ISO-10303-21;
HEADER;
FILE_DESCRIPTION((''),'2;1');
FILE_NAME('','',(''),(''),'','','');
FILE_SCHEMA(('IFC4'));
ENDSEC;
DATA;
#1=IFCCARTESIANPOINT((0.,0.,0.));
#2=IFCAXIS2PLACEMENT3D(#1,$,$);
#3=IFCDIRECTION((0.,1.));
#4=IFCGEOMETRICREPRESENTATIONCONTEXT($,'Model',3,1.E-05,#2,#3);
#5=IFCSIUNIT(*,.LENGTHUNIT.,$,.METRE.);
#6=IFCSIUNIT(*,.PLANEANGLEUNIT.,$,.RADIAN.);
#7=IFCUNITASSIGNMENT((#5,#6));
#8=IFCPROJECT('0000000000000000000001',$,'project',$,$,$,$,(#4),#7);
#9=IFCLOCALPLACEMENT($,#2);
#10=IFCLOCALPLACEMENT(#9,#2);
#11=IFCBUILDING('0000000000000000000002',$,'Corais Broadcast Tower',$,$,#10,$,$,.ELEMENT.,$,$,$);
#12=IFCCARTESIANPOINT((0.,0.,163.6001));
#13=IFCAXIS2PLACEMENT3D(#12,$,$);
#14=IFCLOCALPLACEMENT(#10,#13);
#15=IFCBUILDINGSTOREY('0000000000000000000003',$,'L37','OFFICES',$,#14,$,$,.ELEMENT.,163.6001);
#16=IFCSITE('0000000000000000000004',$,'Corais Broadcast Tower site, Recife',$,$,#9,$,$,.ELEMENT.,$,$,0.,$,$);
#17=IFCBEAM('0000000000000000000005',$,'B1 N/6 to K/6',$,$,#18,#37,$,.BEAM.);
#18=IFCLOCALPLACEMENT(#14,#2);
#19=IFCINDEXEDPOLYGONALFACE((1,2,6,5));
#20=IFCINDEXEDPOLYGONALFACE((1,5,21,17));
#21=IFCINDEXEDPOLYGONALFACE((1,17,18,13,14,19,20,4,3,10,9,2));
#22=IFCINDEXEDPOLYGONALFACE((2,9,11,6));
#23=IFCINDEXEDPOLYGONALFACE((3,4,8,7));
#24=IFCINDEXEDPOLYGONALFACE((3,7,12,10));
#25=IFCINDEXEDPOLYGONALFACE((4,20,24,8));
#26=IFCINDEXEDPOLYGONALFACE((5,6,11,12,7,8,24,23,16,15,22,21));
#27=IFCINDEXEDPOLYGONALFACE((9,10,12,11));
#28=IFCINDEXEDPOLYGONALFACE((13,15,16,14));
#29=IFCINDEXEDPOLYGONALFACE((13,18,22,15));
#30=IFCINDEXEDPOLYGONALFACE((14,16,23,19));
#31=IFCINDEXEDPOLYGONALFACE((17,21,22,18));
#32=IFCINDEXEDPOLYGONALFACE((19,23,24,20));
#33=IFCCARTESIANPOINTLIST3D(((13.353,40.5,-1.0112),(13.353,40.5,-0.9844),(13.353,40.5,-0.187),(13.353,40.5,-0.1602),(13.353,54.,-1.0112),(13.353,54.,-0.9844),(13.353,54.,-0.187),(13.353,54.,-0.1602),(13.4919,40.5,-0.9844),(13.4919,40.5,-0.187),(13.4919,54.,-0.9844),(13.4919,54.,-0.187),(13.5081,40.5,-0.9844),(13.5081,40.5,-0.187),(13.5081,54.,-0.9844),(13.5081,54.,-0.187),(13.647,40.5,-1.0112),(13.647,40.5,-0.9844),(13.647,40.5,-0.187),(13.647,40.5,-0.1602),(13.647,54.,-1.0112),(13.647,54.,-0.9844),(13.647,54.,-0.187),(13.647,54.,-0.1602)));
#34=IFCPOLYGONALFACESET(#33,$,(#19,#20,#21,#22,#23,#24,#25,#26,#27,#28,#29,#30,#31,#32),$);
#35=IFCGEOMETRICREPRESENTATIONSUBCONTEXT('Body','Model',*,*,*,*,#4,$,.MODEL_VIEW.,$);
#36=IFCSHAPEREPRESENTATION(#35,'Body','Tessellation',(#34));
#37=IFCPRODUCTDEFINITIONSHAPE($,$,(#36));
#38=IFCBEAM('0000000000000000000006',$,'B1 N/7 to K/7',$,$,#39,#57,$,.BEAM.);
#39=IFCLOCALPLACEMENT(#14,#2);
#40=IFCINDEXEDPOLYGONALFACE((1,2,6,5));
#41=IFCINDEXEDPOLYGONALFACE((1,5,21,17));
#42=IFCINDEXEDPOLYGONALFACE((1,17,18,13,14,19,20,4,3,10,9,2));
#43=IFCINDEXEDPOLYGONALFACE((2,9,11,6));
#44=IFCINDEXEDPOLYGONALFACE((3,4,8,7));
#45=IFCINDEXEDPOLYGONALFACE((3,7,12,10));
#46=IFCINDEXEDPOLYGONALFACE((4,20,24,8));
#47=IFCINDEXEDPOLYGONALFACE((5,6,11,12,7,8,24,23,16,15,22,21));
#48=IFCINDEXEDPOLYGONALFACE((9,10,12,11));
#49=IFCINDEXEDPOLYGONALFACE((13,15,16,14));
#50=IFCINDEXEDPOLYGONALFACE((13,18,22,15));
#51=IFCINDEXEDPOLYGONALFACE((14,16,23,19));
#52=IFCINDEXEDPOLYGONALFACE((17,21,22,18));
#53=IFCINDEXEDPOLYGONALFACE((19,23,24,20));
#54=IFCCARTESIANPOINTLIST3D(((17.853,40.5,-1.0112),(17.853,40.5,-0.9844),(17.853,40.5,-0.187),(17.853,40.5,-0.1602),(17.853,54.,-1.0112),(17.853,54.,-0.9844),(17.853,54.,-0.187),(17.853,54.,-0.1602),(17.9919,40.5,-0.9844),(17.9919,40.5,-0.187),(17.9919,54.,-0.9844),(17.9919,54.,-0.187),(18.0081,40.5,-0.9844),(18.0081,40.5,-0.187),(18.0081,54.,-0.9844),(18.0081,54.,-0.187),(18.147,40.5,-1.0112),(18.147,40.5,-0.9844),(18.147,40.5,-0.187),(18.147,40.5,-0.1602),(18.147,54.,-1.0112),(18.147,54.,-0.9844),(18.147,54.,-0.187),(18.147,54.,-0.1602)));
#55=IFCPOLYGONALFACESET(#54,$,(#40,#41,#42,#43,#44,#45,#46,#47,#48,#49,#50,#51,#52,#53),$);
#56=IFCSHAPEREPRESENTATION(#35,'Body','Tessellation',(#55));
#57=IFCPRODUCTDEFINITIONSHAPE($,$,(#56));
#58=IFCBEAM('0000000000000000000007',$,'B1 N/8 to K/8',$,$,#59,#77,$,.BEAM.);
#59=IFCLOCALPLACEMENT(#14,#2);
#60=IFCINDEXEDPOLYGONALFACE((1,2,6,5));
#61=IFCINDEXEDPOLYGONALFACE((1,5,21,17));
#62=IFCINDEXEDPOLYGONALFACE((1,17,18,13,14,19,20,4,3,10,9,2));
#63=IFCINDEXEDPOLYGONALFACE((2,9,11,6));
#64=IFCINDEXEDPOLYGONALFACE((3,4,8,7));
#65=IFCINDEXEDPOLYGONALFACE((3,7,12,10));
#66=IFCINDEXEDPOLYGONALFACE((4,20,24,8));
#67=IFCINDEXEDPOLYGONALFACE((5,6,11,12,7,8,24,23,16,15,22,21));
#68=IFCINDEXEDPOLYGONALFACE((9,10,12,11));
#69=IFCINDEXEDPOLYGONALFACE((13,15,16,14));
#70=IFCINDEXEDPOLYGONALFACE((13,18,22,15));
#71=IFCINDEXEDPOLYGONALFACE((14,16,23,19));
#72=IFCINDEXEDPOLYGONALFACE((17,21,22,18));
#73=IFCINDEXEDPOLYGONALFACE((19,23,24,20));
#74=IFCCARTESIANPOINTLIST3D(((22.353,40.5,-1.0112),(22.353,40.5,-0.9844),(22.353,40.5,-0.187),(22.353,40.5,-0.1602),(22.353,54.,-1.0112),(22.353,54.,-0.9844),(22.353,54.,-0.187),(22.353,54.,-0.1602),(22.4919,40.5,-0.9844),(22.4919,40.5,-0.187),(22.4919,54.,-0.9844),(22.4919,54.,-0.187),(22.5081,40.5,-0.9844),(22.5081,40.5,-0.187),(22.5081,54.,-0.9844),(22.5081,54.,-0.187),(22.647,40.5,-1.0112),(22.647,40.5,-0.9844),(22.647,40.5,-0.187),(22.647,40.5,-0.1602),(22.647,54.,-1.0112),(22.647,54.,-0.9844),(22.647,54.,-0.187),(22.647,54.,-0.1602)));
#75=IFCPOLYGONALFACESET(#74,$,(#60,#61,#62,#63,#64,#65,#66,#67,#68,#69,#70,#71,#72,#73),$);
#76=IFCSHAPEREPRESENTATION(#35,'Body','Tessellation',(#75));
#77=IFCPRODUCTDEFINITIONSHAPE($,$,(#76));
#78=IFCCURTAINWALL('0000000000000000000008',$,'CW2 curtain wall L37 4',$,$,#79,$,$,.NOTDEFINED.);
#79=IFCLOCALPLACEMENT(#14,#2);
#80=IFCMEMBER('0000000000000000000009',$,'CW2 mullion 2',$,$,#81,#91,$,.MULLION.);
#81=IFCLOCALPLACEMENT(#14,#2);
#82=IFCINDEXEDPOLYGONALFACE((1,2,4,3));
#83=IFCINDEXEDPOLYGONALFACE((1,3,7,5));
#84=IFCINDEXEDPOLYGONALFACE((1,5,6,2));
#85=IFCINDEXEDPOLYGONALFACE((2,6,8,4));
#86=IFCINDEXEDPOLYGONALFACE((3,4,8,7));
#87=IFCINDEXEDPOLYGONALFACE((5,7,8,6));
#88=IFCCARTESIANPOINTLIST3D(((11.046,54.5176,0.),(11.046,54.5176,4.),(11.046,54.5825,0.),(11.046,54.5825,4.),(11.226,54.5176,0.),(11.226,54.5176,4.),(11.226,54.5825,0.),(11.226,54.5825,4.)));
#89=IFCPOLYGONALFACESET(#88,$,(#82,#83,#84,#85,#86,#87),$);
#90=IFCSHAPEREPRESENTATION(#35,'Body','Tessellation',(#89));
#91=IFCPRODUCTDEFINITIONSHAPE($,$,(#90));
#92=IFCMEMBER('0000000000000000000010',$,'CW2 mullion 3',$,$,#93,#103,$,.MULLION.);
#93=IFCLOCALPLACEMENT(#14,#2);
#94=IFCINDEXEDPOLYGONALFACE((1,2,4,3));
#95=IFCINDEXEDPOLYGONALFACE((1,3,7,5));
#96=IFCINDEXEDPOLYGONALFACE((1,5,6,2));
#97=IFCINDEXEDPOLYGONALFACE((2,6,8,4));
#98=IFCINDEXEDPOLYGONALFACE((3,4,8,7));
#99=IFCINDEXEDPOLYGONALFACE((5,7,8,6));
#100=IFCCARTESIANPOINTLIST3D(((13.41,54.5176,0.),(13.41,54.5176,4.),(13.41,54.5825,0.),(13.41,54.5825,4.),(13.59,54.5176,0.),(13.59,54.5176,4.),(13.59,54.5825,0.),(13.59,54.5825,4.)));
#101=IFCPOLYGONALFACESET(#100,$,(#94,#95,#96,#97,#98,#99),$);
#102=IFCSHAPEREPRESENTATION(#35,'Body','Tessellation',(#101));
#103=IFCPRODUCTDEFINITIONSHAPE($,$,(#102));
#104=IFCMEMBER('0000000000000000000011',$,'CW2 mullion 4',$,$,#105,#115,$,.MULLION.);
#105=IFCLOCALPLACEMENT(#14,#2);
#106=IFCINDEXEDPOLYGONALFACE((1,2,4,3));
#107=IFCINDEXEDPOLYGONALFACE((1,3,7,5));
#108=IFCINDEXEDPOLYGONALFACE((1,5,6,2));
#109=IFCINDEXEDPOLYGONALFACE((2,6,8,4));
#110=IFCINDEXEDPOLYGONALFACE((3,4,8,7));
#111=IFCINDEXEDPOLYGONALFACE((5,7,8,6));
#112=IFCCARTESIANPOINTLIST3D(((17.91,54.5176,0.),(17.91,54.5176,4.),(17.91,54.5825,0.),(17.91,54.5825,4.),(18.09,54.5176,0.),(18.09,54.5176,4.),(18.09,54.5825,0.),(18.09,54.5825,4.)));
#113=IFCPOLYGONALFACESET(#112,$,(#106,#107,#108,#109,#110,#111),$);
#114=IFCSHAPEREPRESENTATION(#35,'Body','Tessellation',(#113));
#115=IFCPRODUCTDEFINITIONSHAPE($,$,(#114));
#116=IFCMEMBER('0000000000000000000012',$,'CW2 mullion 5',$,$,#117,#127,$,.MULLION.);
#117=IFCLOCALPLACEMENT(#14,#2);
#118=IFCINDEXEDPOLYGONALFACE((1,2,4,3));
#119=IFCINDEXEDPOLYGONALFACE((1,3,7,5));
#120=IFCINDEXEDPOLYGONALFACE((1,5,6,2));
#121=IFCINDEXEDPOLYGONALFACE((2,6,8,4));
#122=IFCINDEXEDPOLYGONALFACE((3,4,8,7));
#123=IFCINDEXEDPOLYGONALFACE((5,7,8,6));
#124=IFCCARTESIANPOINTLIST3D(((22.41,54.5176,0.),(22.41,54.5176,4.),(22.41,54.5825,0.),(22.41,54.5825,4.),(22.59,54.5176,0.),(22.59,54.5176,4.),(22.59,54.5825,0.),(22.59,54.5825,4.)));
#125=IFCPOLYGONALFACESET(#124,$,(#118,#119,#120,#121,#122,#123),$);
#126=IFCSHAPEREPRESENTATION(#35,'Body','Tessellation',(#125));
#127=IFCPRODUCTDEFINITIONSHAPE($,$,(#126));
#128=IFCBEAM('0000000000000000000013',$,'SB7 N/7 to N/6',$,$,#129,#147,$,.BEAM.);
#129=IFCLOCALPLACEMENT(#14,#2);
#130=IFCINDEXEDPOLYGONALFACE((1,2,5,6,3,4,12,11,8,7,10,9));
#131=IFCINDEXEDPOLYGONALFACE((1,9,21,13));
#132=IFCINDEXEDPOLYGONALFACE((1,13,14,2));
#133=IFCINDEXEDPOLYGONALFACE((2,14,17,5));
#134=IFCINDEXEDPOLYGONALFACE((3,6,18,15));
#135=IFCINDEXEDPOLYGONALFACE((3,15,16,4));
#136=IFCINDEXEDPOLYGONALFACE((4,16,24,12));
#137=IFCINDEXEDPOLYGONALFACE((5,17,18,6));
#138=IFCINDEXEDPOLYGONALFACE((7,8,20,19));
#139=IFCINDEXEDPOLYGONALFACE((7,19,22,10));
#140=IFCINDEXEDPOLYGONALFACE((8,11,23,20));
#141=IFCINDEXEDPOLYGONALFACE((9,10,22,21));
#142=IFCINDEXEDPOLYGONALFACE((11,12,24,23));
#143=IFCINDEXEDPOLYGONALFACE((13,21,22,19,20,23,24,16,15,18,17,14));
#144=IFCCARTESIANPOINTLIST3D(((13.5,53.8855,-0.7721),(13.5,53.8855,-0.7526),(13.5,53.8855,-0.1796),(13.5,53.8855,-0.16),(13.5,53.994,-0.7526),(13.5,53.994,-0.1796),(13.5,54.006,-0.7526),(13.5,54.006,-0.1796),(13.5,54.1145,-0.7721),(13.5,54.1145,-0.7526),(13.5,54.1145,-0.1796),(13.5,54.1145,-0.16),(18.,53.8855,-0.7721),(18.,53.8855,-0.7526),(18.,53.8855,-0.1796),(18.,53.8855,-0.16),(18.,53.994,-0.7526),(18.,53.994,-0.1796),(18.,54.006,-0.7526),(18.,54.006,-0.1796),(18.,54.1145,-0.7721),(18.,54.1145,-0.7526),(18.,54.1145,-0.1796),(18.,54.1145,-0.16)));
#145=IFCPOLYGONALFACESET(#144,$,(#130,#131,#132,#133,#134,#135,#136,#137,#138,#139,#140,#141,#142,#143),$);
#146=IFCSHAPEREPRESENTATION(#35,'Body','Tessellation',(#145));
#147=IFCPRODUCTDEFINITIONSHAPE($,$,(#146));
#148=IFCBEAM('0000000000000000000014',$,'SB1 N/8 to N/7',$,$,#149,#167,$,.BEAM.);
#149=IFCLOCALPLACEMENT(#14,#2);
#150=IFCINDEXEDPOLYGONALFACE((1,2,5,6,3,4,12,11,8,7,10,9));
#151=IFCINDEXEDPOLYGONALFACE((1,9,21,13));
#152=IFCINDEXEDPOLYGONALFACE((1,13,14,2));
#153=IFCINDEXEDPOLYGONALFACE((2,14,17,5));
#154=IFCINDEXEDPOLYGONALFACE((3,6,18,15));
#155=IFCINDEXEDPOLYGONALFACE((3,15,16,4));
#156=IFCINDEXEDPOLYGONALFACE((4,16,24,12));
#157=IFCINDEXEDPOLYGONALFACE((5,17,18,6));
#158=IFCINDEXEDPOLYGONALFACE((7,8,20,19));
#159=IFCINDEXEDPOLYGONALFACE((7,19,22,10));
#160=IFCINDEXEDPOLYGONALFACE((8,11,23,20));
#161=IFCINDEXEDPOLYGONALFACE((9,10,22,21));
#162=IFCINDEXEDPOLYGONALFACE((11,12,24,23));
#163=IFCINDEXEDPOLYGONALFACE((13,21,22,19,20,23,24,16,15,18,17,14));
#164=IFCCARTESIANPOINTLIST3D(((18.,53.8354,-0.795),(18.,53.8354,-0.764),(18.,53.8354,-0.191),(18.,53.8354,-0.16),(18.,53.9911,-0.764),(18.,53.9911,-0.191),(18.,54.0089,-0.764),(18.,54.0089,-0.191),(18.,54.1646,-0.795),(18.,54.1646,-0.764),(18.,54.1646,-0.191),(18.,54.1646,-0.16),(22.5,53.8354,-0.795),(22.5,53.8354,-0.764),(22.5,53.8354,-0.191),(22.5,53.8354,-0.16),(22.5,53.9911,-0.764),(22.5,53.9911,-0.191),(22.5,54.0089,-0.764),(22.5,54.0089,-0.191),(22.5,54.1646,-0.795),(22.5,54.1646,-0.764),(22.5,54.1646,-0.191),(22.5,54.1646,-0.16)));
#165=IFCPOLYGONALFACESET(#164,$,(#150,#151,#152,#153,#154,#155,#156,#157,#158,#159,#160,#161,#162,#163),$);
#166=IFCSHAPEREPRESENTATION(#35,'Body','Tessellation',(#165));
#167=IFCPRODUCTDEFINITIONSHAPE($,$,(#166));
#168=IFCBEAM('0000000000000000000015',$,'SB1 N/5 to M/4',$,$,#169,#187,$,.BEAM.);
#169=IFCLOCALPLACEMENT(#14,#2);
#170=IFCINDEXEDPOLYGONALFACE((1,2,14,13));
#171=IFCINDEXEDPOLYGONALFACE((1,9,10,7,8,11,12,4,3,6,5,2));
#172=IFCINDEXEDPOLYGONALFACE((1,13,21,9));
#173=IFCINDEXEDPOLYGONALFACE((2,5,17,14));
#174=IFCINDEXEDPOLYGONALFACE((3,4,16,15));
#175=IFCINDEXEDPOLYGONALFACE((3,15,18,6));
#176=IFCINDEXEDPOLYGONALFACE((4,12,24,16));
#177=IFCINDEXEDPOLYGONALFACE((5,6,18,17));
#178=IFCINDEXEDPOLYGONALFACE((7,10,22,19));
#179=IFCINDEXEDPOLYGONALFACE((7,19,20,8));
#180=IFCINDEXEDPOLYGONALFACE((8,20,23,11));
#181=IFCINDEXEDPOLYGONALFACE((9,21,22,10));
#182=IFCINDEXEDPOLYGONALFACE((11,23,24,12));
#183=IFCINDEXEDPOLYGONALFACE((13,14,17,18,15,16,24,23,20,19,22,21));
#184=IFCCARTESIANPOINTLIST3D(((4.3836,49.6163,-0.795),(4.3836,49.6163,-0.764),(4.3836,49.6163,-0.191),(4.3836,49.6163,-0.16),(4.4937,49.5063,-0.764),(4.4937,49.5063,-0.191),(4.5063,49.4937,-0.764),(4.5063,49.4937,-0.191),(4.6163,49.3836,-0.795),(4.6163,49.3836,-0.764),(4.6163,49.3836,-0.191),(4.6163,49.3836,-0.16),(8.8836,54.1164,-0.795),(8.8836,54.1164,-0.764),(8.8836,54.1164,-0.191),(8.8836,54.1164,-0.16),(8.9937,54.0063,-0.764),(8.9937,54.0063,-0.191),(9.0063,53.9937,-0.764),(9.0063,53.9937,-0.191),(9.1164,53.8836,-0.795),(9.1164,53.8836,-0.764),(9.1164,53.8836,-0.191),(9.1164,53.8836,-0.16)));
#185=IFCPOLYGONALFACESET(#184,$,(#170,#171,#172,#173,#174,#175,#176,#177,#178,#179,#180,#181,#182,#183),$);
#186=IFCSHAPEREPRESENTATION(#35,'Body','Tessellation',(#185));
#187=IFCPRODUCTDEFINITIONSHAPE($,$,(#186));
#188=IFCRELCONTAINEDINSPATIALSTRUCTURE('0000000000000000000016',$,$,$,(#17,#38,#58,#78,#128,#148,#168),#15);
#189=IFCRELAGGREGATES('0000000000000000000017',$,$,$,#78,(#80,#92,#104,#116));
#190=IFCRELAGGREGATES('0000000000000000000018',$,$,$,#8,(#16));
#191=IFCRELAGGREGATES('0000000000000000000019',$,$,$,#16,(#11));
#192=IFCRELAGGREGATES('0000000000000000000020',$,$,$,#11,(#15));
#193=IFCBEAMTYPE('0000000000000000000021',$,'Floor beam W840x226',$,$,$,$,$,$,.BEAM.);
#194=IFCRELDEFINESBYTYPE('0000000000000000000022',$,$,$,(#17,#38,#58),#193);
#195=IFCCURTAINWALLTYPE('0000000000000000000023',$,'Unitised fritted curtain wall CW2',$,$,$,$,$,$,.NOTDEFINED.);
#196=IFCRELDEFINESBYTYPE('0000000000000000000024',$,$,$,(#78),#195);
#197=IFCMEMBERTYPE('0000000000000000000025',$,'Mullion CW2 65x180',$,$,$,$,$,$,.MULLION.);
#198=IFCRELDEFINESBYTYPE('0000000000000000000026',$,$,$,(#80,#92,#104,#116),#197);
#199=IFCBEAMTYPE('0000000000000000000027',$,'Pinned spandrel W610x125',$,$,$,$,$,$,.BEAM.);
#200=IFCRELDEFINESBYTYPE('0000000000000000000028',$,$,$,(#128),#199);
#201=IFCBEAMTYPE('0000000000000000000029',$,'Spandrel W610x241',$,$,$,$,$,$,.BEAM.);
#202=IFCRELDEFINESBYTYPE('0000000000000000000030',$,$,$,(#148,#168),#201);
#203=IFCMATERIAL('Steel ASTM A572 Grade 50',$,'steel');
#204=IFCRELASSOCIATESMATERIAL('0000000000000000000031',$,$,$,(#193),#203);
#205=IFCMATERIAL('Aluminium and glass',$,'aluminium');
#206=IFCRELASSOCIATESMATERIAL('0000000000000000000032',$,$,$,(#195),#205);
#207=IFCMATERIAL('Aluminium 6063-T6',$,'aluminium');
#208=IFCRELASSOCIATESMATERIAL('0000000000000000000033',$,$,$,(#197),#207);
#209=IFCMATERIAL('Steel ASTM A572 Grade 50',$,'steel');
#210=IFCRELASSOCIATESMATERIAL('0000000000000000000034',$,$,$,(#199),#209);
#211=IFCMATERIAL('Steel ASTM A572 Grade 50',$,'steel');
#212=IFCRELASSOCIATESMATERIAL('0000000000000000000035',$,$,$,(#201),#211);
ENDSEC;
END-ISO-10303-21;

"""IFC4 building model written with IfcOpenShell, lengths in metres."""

from ifc_helpers import new_model, si_unit, direction, frame, origin, origin_2d, place, context, subcontext, project, spatial, rectangle, i_section, extrude, material, material_profile, profile_set, type_object, element, aggregate, save


model = new_model("IFC4")

# Units and contexts
model_context = context("Model", 3, precision=1e-05, world=origin(), true_north=direction((0.0, 1.0)))
body_context = subcontext(model_context, "Body", "Model", "MODEL_VIEW")
ifc_project = project(units=[si_unit("LENGTHUNIT", "METRE"), si_unit("PLANEANGLEUNIT", "RADIAN")], contexts=[model_context])

# Site, building, storey
site_placement = place(None, origin())
site = spatial("IfcSite", under=ifc_project, at=site_placement, Name="Corais Broadcast Tower site, Recife", CompositionType="ELEMENT", RefElevation=0.0)
building_placement = place(site_placement, origin())
building = spatial("IfcBuilding", under=site, at=building_placement, Name="Corais Broadcast Tower", CompositionType="ELEMENT")
storey_placement = place(building_placement, frame((0.0, 0.0, 163.6001)))
storey = spatial("IfcBuildingStorey", under=building, at=storey_placement, Name="L37", Description="OFFICES", CompositionType="ELEMENT", Elevation=163.6001)

# Beams
ifc_material_1 = material(Name="Steel ASTM A572 Grade 50", Category="steel")
ifc_material_profile_1 = material_profile(ifc_material_1, i_section(OverallWidth=0.2939, OverallDepth=0.8511, WebThickness=0.0161, FlangeThickness=0.0269, at=origin_2d()), Name="W840x226")
ifc_profile_set_1 = profile_set([ifc_material_profile_1], Name="Steel ASTM A572 Grade 50")
beam_type_1 = type_object("IfcBeamType", Name="Floor beam W840x226", PredefinedType="BEAM", material=ifc_profile_set_1)
for number, where, z_axis, x_axis, name in (
    (1, (13.5, 54.0, -0.5857), (0.0, -1.0, 0.0), (1.0, 0.0, 0.0), "B1 N/6 to K/6"),
    (2, (18.0, 54.0, -0.5857), (0.0, -1.0, 0.0), (1.0, 0.0, 0.0), "B1 N/7 to K/7"),
    (3, (22.5, 54.0, -0.5857), (0.0, -1.0, 0.0), (1.0, 0.0, 0.0), "B1 N/8 to K/8"),
):
    element("IfcBeam", number, at=place(storey_placement, frame(where, z_axis=z_axis, x_axis=x_axis)), inside=storey, type_object=beam_type_1, Name=name, PredefinedType="BEAM", context=body_context, shape_type="SweptSolid", body=[
        extrude(i_section(OverallWidth=0.2939, OverallDepth=0.8511, WebThickness=0.0161, FlangeThickness=0.0269, at=origin_2d()), origin(), (0.0, 0.0, 1.0), 13.5),
    ])

# Curtain wall, members
ifc_material_2 = material(Name="Aluminium and glass", Category="aluminium")
curtain_wall_type = type_object("IfcCurtainWallType", Name="Unitised fritted curtain wall CW2", PredefinedType="NOTDEFINED", material=ifc_material_2)
curtain_wall_placement = place(storey_placement, origin())
curtain_wall = element("IfcCurtainWall", 4, at=curtain_wall_placement, inside=storey, type_object=curtain_wall_type, Name="CW2 curtain wall L37 4", PredefinedType="NOTDEFINED")
ifc_material_3 = material(Name="Aluminium 6063-T6", Category="aluminium")
ifc_material_profile_2 = material_profile(ifc_material_3, rectangle(XDim=0.0649, YDim=0.1799, at=origin_2d()), Name="Mullion CW2 65x180")
ifc_profile_set_2 = profile_set([ifc_material_profile_2], Name="Aluminium 6063-T6")
member_type_1 = type_object("IfcMemberType", Name="Mullion CW2 65x180", PredefinedType="MULLION", material=ifc_profile_set_2)
member_1_placement = place(storey_placement, frame((11.136, 54.55, 0.0), z_axis=(0.0, 0.0, 1.0), x_axis=(0.0, 1.0, 0.0)))
member_1 = element("IfcMember", 5, at=member_1_placement, type_object=member_type_1, Name="CW2 mullion 2", PredefinedType="MULLION", context=body_context, shape_type="SweptSolid", body=[
    extrude(rectangle(XDim=0.0649, YDim=0.1799, at=origin_2d()), origin(), (0.0, 0.0, 1.0), 4.0),
])
member_2_placement = place(storey_placement, frame((13.5, 54.55, 0.0), z_axis=(0.0, 0.0, 1.0), x_axis=(0.0, 1.0, 0.0)))
member_2 = element("IfcMember", 6, at=member_2_placement, type_object=member_type_1, Name="CW2 mullion 3", PredefinedType="MULLION", context=body_context, shape_type="SweptSolid", body=[
    extrude(rectangle(XDim=0.0649, YDim=0.1799, at=origin_2d()), origin(), (0.0, 0.0, 1.0), 4.0),
])
member_3_placement = place(storey_placement, frame((18.0, 54.55, 0.0), z_axis=(0.0, 0.0, 1.0), x_axis=(0.0, 1.0, 0.0)))
member_3 = element("IfcMember", 7, at=member_3_placement, type_object=member_type_1, Name="CW2 mullion 4", PredefinedType="MULLION", context=body_context, shape_type="SweptSolid", body=[
    extrude(rectangle(XDim=0.0649, YDim=0.1799, at=origin_2d()), origin(), (0.0, 0.0, 1.0), 4.0),
])
member_4_placement = place(storey_placement, frame((22.5, 54.55, 0.0), z_axis=(0.0, 0.0, 1.0), x_axis=(0.0, 1.0, 0.0)))
member_4 = element("IfcMember", 8, at=member_4_placement, type_object=member_type_1, Name="CW2 mullion 5", PredefinedType="MULLION", context=body_context, shape_type="SweptSolid", body=[
    extrude(rectangle(XDim=0.0649, YDim=0.1799, at=origin_2d()), origin(), (0.0, 0.0, 1.0), 4.0),
])

# Beams
ifc_material_4 = material(Name="Steel ASTM A572 Grade 50", Category="steel")
ifc_material_profile_3 = material_profile(ifc_material_4, i_section(OverallWidth=0.229, OverallDepth=0.6121, WebThickness=0.012, FlangeThickness=0.0195, at=origin_2d()), Name="W610x125")
ifc_profile_set_3 = profile_set([ifc_material_profile_3], Name="Steel ASTM A572 Grade 50")
beam_type_2 = type_object("IfcBeamType", Name="Pinned spandrel W610x125", PredefinedType="BEAM", material=ifc_profile_set_3)
beam_1_placement = place(storey_placement, frame((18.0, 54.0, -0.4661), z_axis=(-1.0, 0.0, 0.0), x_axis=(0.0, -1.0, 0.0)))
element("IfcBeam", 9, at=beam_1_placement, inside=storey, type_object=beam_type_2, Name="SB7 N/7 to N/6", PredefinedType="BEAM", context=body_context, shape_type="SweptSolid", body=[
    extrude(i_section(OverallWidth=0.229, OverallDepth=0.6121, WebThickness=0.012, FlangeThickness=0.0195, at=origin_2d()), origin(), (0.0, 0.0, 1.0), 4.5),
])
ifc_material_5 = material(Name="Steel ASTM A572 Grade 50", Category="steel")
ifc_material_profile_4 = material_profile(ifc_material_5, i_section(OverallWidth=0.3291, OverallDepth=0.635, WebThickness=0.0178, FlangeThickness=0.031, at=origin_2d()), Name="W610x241")
ifc_profile_set_4 = profile_set([ifc_material_profile_4], Name="Steel ASTM A572 Grade 50")
beam_type_3 = type_object("IfcBeamType", Name="Spandrel W610x241", PredefinedType="BEAM", material=ifc_profile_set_4)
beam_2_placement = place(storey_placement, frame((22.5, 54.0, -0.4775), z_axis=(-1.0, 0.0, 0.0), x_axis=(0.0, -1.0, 0.0)))
element("IfcBeam", 10, at=beam_2_placement, inside=storey, type_object=beam_type_3, Name="SB1 N/8 to N/7", PredefinedType="BEAM", context=body_context, shape_type="SweptSolid", body=[
    extrude(i_section(OverallWidth=0.3291, OverallDepth=0.635, WebThickness=0.0178, FlangeThickness=0.031, at=origin_2d()), origin(), (0.0, 0.0, 1.0), 4.5),
])
beam_3_placement = place(storey_placement, frame((9.0, 54.0, -0.4775), z_axis=(-0.707107, -0.707107, 0.0), x_axis=(0.707107, -0.707107, 0.0)))
element("IfcBeam", 11, at=beam_3_placement, inside=storey, type_object=beam_type_3, Name="SB1 N/5 to M/4", PredefinedType="BEAM", context=body_context, shape_type="SweptSolid", body=[
    extrude(i_section(OverallWidth=0.3291, OverallDepth=0.635, WebThickness=0.0178, FlangeThickness=0.031, at=origin_2d()), origin(), (0.0, 0.0, 1.0), 6.364),
])

aggregate(curtain_wall, [member_1, member_2, member_3, member_4])

save(model, "model.ifc")
